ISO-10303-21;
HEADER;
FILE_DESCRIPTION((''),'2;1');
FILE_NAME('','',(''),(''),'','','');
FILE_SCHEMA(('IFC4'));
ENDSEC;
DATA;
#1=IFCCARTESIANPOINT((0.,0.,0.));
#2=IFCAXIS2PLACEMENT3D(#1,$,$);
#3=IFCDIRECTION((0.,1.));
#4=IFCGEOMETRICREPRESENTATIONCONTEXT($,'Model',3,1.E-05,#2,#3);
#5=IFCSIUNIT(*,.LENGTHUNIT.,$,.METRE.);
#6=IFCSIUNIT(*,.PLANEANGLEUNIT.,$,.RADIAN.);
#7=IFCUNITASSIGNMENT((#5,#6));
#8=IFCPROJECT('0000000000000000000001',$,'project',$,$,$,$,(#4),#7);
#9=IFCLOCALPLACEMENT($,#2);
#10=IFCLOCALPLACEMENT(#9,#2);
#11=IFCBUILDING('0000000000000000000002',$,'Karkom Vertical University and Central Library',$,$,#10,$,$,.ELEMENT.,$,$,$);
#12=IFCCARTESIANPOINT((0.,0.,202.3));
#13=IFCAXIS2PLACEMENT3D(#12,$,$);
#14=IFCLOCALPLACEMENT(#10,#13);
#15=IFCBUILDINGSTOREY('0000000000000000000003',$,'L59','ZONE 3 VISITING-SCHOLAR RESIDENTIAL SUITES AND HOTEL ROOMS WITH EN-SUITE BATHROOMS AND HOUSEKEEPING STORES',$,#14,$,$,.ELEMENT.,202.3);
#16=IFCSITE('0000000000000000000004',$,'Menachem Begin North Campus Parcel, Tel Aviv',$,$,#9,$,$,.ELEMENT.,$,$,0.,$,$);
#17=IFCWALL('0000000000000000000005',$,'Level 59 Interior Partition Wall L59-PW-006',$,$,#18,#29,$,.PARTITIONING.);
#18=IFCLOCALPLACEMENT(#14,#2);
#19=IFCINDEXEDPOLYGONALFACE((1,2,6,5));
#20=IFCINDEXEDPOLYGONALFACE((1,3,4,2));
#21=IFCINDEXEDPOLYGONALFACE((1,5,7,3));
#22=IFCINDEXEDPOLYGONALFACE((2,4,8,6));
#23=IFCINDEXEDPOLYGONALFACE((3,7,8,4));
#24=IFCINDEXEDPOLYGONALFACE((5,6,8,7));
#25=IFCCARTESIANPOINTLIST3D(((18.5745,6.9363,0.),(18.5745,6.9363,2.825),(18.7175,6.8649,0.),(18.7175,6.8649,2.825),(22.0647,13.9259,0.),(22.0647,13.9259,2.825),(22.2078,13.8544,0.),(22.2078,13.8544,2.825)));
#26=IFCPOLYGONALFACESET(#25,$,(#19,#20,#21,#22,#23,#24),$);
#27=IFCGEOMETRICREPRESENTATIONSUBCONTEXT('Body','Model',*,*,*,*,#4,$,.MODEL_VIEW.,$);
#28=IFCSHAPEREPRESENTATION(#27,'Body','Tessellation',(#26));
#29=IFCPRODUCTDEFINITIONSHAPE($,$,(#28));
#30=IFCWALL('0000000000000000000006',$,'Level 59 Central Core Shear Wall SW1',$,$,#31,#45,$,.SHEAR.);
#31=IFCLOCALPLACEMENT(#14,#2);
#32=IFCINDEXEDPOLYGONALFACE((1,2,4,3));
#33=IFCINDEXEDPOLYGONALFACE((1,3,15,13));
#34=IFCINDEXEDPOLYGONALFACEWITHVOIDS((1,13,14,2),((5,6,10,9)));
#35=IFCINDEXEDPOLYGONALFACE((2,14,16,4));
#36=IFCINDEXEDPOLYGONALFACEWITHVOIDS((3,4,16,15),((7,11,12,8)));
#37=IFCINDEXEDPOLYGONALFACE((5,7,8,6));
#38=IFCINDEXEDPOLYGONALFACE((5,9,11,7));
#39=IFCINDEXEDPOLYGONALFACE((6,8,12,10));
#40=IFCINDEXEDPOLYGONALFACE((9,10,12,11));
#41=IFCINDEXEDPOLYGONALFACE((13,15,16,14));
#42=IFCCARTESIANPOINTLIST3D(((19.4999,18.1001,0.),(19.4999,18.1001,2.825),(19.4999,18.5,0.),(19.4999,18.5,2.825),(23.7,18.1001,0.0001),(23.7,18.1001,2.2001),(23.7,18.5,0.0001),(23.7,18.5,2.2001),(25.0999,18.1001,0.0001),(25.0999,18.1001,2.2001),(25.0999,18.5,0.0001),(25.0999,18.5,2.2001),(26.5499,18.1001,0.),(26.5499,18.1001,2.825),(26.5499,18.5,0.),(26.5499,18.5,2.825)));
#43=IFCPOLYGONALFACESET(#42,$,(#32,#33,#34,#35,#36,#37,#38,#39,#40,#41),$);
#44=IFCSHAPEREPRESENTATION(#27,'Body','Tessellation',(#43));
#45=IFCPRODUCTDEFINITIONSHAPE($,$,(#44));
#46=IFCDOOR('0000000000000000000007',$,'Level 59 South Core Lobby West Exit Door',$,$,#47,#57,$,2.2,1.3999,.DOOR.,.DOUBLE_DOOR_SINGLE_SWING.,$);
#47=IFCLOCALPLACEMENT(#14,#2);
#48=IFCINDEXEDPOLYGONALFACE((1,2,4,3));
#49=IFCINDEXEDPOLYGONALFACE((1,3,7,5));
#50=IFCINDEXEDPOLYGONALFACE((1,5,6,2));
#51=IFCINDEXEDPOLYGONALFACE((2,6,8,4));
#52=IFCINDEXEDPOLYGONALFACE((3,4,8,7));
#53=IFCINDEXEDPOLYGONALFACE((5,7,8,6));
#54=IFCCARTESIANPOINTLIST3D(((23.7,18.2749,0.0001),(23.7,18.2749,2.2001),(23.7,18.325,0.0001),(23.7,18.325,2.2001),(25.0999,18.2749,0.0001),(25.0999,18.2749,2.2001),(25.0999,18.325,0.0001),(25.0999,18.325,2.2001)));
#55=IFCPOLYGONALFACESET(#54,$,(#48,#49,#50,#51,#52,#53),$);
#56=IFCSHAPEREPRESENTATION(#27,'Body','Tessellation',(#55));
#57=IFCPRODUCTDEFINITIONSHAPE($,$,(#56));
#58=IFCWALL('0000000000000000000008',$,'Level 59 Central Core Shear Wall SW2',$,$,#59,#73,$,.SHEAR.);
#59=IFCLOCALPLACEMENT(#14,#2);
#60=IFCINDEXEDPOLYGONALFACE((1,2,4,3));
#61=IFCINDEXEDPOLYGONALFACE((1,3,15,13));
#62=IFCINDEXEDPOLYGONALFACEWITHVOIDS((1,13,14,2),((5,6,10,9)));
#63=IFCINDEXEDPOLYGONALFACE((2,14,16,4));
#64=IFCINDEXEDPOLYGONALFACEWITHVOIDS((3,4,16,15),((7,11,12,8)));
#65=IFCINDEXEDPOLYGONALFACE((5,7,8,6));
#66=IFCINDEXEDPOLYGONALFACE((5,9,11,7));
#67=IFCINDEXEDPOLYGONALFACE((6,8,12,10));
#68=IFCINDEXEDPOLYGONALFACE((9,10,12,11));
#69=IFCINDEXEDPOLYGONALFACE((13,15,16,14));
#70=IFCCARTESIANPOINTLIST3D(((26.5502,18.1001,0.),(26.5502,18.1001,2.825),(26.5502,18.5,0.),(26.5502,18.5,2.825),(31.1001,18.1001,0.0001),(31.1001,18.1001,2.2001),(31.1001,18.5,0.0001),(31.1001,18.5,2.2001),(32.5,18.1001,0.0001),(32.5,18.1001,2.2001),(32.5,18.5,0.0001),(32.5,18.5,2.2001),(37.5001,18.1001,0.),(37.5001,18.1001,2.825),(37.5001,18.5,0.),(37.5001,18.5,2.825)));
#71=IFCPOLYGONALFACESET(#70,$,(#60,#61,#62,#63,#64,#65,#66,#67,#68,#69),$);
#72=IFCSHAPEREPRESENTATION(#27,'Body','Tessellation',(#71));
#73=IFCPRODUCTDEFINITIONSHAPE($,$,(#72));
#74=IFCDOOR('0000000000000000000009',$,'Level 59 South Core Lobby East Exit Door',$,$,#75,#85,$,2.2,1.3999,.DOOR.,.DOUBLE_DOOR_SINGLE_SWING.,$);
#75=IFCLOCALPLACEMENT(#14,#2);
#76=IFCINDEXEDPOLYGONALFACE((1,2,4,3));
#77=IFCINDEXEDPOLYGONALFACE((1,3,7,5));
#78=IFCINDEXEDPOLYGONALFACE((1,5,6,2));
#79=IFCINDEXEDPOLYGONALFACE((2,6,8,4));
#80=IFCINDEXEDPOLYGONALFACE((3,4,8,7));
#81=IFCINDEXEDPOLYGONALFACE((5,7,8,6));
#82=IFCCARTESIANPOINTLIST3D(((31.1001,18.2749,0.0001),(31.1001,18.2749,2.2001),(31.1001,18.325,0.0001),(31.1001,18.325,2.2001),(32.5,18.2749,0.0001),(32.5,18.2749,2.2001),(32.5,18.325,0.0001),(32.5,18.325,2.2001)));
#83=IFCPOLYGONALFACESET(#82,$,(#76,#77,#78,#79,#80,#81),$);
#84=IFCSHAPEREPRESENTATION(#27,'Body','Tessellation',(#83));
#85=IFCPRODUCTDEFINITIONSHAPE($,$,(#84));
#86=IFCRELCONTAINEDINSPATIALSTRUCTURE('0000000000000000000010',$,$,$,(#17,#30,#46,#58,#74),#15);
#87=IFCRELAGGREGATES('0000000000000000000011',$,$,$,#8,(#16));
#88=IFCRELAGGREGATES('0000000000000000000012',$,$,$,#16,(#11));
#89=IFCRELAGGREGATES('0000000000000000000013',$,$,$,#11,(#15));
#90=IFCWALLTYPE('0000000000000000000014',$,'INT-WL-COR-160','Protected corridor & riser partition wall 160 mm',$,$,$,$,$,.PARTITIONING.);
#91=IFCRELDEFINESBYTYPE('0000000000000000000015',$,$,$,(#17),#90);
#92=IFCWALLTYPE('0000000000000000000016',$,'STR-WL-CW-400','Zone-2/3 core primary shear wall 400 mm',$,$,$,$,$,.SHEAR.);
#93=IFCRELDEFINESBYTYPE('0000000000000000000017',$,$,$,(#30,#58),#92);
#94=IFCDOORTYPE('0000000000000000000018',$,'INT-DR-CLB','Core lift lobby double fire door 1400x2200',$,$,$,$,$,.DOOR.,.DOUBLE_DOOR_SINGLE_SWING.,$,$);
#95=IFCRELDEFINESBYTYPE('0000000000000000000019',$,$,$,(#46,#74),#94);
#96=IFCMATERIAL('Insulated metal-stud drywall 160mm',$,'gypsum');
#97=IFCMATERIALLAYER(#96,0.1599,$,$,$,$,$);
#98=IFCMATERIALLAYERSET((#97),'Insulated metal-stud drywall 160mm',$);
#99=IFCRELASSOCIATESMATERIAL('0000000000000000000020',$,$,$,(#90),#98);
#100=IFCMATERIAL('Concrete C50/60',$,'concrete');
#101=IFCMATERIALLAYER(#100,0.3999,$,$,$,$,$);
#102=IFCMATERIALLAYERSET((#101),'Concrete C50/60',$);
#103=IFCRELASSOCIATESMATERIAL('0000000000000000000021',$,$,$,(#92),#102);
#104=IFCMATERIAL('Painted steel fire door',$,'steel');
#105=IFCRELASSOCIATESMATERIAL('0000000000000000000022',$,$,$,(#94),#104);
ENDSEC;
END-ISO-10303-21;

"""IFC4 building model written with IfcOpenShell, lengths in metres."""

from ifc_helpers import new_model, si_unit, direction, frame, frame_2d, origin, origin_with_axes, place, context, subcontext, project, spatial, rectangle, extrude, source, transform, mapped, material, layer, layer_set, type_object, element, fill, save


model = new_model("IFC4")

# Units and contexts
model_context = context("Model", 3, precision=1e-05, world=origin(), true_north=direction((0.0, 1.0)))
body_context = subcontext(model_context, "Body", "Model", "MODEL_VIEW")
ifc_project = project(units=[si_unit("LENGTHUNIT", "METRE"), si_unit("PLANEANGLEUNIT", "RADIAN")], contexts=[model_context])

# Site, building, storey
site_placement = place(None, origin())
site = spatial("IfcSite", under=ifc_project, at=site_placement, Name="Menachem Begin North Campus Parcel, Tel Aviv", CompositionType="ELEMENT", RefElevation=0.0)
building_placement = place(site_placement, origin())
building = spatial("IfcBuilding", under=site, at=building_placement, Name="Karkom Vertical University and Central Library", CompositionType="ELEMENT")
storey_placement = place(building_placement, frame((0.0, 0.0, 202.3)))
storey = spatial("IfcBuildingStorey", under=building, at=storey_placement, Name="L59", Description="ZONE 3 VISITING-SCHOLAR RESIDENTIAL SUITES AND HOTEL ROOMS WITH EN-SUITE BATHROOMS AND HOUSEKEEPING STORES", CompositionType="ELEMENT", Elevation=202.3)

# Shared definitions
ifc_material_1 = material(Name="Concrete C50/60", Category="concrete")

# Wall
ifc_material_2 = material(Name="Insulated metal-stud drywall 160mm", Category="gypsum")
ifc_layer_1 = layer(ifc_material_2, 0.1599)
ifc_layer_set_1 = layer_set([ifc_layer_1], Name="Insulated metal-stud drywall 160mm")
wall_type_1 = type_object("IfcWallType", Name="INT-WL-COR-160", Description="Protected corridor & riser partition wall 160 mm", PredefinedType="PARTITIONING", material=ifc_layer_set_1)
wall_1_placement = place(storey_placement, frame((22.1362, 13.8901, 0.0), z_axis=(0.0, 0.0, 1.0), x_axis=(-0.446751, -0.894658, 0.0)))
element("IfcWall", 1, at=wall_1_placement, inside=storey, type_object=wall_type_1, Name="Level 59 Interior Partition Wall L59-PW-006", PredefinedType="PARTITIONING", context=body_context, shape_type="SweptSolid", body=[
    extrude(rectangle(XDim=7.8125, YDim=0.1599, at=frame_2d((3.9062, 0.0))), origin(), (0.0, 0.0, 1.0), 2.825),
])

# Walls, openings, doors
ifc_layer_2 = layer(ifc_material_1, 0.3999)
ifc_layer_set_2 = layer_set([ifc_layer_2], Name="Concrete C50/60")
wall_type_2 = type_object("IfcWallType", Name="STR-WL-CW-400", Description="Zone-2/3 core primary shear wall 400 mm", PredefinedType="SHEAR", material=ifc_layer_set_2)
wall_2_placement = place(storey_placement, frame((19.5, 18.3, 0.0), z_axis=(0.0, 0.0, 1.0), x_axis=(1.0, 0.0, 0.0)))
wall_2 = element("IfcWall", 2, at=wall_2_placement, inside=storey, type_object=wall_type_2, Name="Level 59 Central Core Shear Wall SW1", PredefinedType="SHEAR", context=body_context, shape_type="SweptSolid", body=[
    extrude(rectangle(XDim=7.05, YDim=0.3999, at=frame_2d((3.5249, 0.0))), origin(), (0.0, 0.0, 1.0), 2.825),
])
opening_1_placement = place(wall_2_placement, frame((4.2, 0.0, 0.0)))
opening_1 = element("IfcOpeningElement", 3, at=opening_1_placement, cuts=wall_2, PredefinedType="OPENING", context=body_context, shape_type="SweptSolid", body=[
    extrude(rectangle(XDim=1.3999, YDim=2.2, at=frame_2d((0.7, 1.1001))), frame((0.0, 0.21, 0.0), z_axis=(0.0, -1.0, 0.0), x_axis=(1.0, 0.0, 0.0)), (0.0, 0.0, 1.0), 0.4199),
])
ifc_material_3 = material(Name="Painted steel fire door", Category="steel")
door_type = type_object("IfcDoorType", Name="INT-DR-CLB", Description="Core lift lobby double fire door 1400x2200", OperationType="DOUBLE_DOOR_SINGLE_SWING", PredefinedType="DOOR", material=ifc_material_3)
shared_shape_1 = source(origin_with_axes(), body_context, "Body", "SweptSolid", [
    extrude(rectangle(XDim=1.3999, YDim=2.2, at=frame_2d((0.7, 1.1001))), frame((0.0, 0.0249, 0.0), z_axis=(0.0, -1.0, 0.0), x_axis=(1.0, 0.0, 0.0)), (0.0, 0.0, 1.0), 0.05),
])
door_1_placement = place(opening_1_placement, origin())
door_1 = element("IfcDoor", 4, at=door_1_placement, inside=storey, type_object=door_type, Name="Level 59 South Core Lobby West Exit Door", OperationType="DOUBLE_DOOR_SINGLE_SWING", OverallHeight=2.2, OverallWidth=1.3999, PredefinedType="DOOR", context=body_context, shape_type="MappedRepresentation", body=[
    mapped(shared_shape_1, transform((0.0, 0.0, 0.0), scale=1.0)),
])
fill(opening_1, door_1)
wall_3_placement = place(storey_placement, frame((26.55, 18.3, 0.0), z_axis=(0.0, 0.0, 1.0), x_axis=(1.0, 0.0, 0.0)))
wall_3 = element("IfcWall", 5, at=wall_3_placement, inside=storey, type_object=wall_type_2, Name="Level 59 Central Core Shear Wall SW2", PredefinedType="SHEAR", context=body_context, shape_type="SweptSolid", body=[
    extrude(rectangle(XDim=10.95, YDim=0.3999, at=frame_2d((5.4751, 0.0))), origin(), (0.0, 0.0, 1.0), 2.825),
])
opening_2_placement = place(wall_3_placement, frame((4.55, 0.0, 0.0)))
opening_2 = element("IfcOpeningElement", 6, at=opening_2_placement, cuts=wall_3, PredefinedType="OPENING", context=body_context, shape_type="SweptSolid", body=[
    extrude(rectangle(XDim=1.3999, YDim=2.2, at=frame_2d((0.7, 1.1001))), frame((0.0, 0.21, 0.0), z_axis=(0.0, -1.0, 0.0), x_axis=(1.0, 0.0, 0.0)), (0.0, 0.0, 1.0), 0.4199),
])
door_2_placement = place(opening_2_placement, origin())
door_2 = element("IfcDoor", 7, at=door_2_placement, inside=storey, type_object=door_type, Name="Level 59 South Core Lobby East Exit Door", OperationType="DOUBLE_DOOR_SINGLE_SWING", OverallHeight=2.2, OverallWidth=1.3999, PredefinedType="DOOR", context=body_context, shape_type="MappedRepresentation", body=[
    mapped(shared_shape_1, transform((0.0, 0.0, 0.0), scale=1.0)),
])
fill(opening_2, door_2)

save(model, "model.ifc")
